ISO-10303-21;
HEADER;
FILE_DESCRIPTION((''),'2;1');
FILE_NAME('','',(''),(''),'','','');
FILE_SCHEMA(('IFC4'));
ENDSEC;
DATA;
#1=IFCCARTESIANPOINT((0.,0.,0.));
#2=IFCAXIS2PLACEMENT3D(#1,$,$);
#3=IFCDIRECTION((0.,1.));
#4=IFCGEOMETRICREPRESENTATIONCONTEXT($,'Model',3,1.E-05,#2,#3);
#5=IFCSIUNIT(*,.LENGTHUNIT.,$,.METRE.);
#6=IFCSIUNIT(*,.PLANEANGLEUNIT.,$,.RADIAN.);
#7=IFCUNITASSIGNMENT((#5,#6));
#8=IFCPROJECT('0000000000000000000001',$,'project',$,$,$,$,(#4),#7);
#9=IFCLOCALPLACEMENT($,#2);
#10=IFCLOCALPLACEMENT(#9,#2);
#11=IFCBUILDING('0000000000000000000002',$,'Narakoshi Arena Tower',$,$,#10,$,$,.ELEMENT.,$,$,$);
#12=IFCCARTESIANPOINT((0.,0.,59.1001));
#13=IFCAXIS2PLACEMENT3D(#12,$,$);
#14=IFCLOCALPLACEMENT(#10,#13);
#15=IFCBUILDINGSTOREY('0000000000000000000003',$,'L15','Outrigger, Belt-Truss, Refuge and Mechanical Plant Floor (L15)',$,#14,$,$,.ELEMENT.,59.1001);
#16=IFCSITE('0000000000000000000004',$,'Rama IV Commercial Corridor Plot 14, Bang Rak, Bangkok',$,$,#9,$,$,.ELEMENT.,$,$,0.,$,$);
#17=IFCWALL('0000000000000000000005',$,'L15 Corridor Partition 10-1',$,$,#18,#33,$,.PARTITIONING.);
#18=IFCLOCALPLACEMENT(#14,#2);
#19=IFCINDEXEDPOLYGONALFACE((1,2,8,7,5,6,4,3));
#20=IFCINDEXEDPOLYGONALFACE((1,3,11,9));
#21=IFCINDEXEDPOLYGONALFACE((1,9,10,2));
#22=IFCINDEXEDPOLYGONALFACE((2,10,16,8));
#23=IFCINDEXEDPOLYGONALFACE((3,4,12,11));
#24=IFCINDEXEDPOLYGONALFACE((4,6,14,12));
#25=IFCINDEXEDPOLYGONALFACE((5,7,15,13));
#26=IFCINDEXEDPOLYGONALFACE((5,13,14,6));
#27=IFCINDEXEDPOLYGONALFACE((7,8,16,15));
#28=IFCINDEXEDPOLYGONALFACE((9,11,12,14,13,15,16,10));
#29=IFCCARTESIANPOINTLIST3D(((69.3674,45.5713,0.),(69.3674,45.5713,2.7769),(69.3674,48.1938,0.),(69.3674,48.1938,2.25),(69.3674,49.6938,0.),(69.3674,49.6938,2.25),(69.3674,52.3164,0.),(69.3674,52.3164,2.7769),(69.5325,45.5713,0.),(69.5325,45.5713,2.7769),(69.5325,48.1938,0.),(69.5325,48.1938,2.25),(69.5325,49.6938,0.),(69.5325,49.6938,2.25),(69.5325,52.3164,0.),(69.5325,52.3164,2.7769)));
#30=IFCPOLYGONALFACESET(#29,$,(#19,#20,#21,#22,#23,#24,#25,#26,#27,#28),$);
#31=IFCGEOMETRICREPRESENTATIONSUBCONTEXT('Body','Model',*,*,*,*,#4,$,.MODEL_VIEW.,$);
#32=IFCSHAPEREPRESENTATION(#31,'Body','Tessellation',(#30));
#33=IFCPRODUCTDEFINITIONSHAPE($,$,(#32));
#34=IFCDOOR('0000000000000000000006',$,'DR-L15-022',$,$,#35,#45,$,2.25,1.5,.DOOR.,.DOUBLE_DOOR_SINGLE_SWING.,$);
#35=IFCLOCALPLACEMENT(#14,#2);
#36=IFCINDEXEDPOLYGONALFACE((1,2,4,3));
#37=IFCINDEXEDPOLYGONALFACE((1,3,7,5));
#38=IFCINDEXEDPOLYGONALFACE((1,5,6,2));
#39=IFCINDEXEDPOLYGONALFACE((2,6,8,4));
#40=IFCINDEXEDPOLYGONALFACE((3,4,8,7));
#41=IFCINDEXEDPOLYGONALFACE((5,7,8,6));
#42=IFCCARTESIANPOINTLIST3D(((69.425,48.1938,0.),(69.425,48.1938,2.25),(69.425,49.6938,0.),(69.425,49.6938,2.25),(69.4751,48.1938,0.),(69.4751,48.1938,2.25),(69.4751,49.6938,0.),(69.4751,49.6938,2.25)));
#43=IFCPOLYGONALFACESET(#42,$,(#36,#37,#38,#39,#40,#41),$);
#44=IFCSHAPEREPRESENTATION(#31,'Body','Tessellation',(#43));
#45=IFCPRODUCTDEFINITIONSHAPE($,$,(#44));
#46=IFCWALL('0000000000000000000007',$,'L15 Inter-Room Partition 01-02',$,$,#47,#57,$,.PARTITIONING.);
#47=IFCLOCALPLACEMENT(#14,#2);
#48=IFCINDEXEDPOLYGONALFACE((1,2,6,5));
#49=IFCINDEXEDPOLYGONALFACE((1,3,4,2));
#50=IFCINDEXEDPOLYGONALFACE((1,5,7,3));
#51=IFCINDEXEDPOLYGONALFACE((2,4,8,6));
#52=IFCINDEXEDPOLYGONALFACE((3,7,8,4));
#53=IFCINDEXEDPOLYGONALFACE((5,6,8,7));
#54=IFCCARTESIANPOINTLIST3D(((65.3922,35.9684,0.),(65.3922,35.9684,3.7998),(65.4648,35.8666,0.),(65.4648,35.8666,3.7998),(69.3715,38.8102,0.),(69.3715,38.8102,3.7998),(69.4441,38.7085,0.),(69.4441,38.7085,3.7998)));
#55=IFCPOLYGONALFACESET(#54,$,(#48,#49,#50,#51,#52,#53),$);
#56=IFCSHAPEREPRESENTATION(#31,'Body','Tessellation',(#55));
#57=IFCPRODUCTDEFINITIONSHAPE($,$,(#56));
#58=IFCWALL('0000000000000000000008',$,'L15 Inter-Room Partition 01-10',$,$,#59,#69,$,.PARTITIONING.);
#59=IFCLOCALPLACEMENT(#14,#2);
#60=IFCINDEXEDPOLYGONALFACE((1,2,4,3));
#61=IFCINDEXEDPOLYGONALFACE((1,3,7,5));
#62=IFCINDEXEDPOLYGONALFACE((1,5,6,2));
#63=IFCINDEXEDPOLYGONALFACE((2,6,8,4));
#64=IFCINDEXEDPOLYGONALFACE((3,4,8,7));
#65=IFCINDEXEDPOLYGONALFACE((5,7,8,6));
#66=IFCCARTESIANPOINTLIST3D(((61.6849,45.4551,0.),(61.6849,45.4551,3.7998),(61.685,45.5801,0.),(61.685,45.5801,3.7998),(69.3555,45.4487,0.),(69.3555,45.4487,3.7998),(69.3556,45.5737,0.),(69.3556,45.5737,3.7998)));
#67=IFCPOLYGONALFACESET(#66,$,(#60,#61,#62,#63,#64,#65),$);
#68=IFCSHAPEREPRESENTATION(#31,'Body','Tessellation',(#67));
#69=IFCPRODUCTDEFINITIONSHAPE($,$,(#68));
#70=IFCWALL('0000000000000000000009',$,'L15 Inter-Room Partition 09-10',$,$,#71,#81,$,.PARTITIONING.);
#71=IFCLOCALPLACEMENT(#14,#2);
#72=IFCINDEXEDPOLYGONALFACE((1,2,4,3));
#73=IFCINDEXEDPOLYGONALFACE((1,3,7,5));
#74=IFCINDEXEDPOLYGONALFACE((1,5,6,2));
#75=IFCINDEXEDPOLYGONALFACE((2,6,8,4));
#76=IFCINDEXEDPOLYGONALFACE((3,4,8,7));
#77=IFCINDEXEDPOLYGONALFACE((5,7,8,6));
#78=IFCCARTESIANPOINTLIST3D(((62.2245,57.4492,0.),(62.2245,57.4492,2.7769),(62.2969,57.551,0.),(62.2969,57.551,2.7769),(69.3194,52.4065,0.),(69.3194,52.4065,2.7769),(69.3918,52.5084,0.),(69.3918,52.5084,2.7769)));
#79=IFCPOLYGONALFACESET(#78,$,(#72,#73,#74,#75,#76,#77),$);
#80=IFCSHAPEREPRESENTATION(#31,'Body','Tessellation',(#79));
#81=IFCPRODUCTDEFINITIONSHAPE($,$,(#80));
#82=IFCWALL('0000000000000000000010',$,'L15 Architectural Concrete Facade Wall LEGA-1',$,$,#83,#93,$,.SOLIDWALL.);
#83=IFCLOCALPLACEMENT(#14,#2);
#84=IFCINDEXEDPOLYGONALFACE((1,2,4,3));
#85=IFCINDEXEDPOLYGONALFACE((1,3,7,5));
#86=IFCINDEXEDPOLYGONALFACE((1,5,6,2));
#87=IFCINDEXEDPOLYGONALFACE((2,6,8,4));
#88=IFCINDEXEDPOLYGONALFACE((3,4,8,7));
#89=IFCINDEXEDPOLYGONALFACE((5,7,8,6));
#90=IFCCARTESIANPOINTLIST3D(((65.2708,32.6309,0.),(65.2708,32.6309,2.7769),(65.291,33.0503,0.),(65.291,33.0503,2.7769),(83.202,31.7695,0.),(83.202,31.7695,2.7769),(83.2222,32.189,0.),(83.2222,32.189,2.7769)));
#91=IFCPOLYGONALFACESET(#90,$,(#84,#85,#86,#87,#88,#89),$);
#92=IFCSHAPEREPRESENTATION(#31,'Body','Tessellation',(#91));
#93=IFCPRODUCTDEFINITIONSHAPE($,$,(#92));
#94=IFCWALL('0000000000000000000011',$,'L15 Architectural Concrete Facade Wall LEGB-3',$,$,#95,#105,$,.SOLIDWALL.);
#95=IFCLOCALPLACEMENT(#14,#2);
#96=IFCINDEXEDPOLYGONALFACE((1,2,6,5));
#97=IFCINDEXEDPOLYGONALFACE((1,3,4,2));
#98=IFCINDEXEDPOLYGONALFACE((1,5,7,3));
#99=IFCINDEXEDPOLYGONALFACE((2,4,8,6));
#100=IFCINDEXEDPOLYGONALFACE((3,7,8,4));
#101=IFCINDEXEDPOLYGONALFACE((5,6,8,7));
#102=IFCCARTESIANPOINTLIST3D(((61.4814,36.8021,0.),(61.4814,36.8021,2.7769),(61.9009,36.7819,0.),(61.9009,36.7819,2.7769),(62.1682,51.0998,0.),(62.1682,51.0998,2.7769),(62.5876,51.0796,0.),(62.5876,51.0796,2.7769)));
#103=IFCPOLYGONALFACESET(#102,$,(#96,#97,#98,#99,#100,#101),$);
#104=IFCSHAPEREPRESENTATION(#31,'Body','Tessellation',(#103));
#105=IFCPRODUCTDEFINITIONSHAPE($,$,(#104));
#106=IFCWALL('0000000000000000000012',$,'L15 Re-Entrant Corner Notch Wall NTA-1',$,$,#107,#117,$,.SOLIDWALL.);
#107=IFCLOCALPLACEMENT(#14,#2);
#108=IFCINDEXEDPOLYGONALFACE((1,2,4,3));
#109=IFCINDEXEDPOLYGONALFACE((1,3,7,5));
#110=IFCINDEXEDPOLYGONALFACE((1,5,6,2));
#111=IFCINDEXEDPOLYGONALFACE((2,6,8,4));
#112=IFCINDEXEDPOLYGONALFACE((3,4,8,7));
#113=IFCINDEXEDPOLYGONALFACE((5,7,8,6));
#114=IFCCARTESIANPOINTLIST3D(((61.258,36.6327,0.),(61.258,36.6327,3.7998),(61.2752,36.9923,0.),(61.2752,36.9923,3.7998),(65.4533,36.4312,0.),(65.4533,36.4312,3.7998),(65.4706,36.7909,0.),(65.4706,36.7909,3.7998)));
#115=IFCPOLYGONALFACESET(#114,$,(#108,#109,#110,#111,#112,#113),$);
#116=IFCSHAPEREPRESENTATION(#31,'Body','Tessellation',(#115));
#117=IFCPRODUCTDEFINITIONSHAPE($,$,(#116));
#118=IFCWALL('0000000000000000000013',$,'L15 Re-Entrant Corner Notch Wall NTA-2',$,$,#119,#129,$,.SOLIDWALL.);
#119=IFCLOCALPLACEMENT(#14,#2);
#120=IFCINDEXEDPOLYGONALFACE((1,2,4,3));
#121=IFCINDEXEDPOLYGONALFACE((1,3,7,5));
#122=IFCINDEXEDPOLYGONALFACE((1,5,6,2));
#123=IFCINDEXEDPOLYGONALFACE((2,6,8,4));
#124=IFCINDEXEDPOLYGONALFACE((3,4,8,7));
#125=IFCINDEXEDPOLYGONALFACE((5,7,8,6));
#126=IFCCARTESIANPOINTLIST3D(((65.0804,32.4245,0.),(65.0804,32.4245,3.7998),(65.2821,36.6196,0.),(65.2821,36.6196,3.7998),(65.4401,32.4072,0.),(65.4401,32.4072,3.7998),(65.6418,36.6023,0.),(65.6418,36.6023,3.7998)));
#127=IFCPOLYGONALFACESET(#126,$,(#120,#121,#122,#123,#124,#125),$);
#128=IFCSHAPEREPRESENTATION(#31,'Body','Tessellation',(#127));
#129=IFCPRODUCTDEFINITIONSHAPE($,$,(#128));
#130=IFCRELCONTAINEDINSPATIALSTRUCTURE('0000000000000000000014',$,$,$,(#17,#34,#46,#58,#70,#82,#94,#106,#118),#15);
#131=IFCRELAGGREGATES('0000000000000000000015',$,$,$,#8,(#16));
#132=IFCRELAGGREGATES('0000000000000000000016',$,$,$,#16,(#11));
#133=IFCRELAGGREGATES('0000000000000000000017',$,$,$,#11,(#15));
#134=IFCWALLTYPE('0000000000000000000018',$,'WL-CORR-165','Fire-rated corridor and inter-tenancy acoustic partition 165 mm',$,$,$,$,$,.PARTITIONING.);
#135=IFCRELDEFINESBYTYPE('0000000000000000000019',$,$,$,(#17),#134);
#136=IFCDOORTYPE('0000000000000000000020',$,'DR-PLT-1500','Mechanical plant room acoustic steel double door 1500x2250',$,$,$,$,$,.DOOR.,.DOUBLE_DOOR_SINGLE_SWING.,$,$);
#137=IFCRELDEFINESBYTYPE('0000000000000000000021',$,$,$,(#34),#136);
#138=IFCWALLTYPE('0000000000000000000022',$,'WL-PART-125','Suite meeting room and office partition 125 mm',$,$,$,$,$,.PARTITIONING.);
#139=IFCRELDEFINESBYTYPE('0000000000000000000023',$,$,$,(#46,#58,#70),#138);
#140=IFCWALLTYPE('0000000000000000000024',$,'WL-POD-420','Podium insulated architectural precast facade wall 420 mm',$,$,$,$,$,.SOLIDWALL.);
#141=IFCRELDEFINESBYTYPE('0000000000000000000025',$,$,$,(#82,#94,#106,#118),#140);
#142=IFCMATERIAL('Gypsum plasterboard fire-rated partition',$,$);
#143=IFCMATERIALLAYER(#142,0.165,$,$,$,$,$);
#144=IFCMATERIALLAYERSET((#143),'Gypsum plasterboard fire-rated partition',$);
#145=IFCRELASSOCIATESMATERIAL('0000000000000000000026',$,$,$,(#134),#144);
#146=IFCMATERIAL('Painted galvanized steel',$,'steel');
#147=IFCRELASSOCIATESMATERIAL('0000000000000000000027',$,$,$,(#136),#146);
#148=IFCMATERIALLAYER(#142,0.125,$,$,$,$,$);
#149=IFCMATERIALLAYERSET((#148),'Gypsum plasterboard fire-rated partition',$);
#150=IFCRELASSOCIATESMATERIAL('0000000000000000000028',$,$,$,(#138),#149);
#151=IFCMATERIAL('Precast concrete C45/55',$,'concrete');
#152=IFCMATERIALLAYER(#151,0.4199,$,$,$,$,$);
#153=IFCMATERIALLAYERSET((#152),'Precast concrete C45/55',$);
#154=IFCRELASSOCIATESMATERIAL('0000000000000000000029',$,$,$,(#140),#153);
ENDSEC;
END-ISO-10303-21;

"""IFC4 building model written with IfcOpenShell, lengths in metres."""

from ifc_helpers import new_model, si_unit, direction, frame, frame_2d, origin, place, context, subcontext, project, spatial, rectangle, extrude, material, layer, layer_set, type_object, element, fill, save


model = new_model("IFC4")

# Units and contexts
model_context = context("Model", 3, precision=1e-05, world=origin(), true_north=direction((0.0, 1.0)))
body_context = subcontext(model_context, "Body", "Model", "MODEL_VIEW")
ifc_project = project(units=[si_unit("LENGTHUNIT", "METRE"), si_unit("PLANEANGLEUNIT", "RADIAN")], contexts=[model_context])

# Site, building, storey
site_placement = place(None, origin())
site = spatial("IfcSite", under=ifc_project, at=site_placement, Name="Rama IV Commercial Corridor Plot 14, Bang Rak, Bangkok", CompositionType="ELEMENT", RefElevation=0.0)
building_placement = place(site_placement, origin())
building = spatial("IfcBuilding", under=site, at=building_placement, Name="Narakoshi Arena Tower", CompositionType="ELEMENT")
storey_placement = place(building_placement, frame((0.0, 0.0, 59.1001)))
storey = spatial("IfcBuildingStorey", under=building, at=storey_placement, Name="L15", Description="Outrigger, Belt-Truss, Refuge and Mechanical Plant Floor (L15)", CompositionType="ELEMENT", Elevation=59.1001)

# Shared definitions
ifc_material_1 = material(Name="Gypsum plasterboard fire-rated partition")
ifc_layer_1 = layer(ifc_material_1, 0.165)
ifc_layer_set_1 = layer_set([ifc_layer_1], Name="Gypsum plasterboard fire-rated partition")
wall_type_1 = type_object("IfcWallType", Name="WL-CORR-165", Description="Fire-rated corridor and inter-tenancy acoustic partition 165 mm", PredefinedType="PARTITIONING", material=ifc_layer_set_1)
ifc_material_2 = material(Name="Painted galvanized steel", Category="steel")

# Wall, opening, door
wall_1_placement = place(storey_placement, frame((69.45, 52.3164, 0.0), z_axis=(0.0, 0.0, 1.0), x_axis=(0.0, -1.0, 0.0)))
wall_1 = element("IfcWall", 1, at=wall_1_placement, inside=storey, type_object=wall_type_1, Name="L15 Corridor Partition 10-1", PredefinedType="PARTITIONING", context=body_context, shape_type="SweptSolid", body=[
    extrude(rectangle(XDim=6.7451, YDim=0.165, at=frame_2d((3.3726, 0.0))), origin(), (0.0, 0.0, 1.0), 2.7769),
])
opening_1_placement = place(wall_1_placement, frame((2.6226, 0.0, 0.0)))
opening_1 = element("IfcOpeningElement", 2, at=opening_1_placement, cuts=wall_1, PredefinedType="OPENING", context=body_context, shape_type="SweptSolid", body=[
    extrude(rectangle(XDim=1.5, YDim=2.25, at=frame_2d((0.75, 1.125))), frame((0.0, 0.0925, 0.0), z_axis=(0.0, -1.0, 0.0), x_axis=(1.0, 0.0, 0.0)), (0.0, 0.0, 1.0), 0.1851),
])
door_type_1 = type_object("IfcDoorType", Name="DR-PLT-1500", Description="Mechanical plant room acoustic steel double door 1500x2250", OperationType="DOUBLE_DOOR_SINGLE_SWING", PredefinedType="DOOR", material=ifc_material_2)
door_1_placement = place(opening_1_placement, frame((1.5, 0.0, 0.0), z_axis=(0.0, 0.0, 1.0), x_axis=(-1.0, 0.0, 0.0)))
door_1 = element("IfcDoor", 3, at=door_1_placement, inside=storey, type_object=door_type_1, Name="DR-L15-022", OperationType="DOUBLE_DOOR_SINGLE_SWING", OverallHeight=2.25, OverallWidth=1.5, PredefinedType="DOOR", context=body_context, shape_type="SweptSolid", body=[
    extrude(rectangle(XDim=1.5, YDim=2.25, at=frame_2d((0.75, 1.125))), frame((0.0, 0.0249, 0.0), z_axis=(0.0, -1.0, 0.0), x_axis=(1.0, 0.0, 0.0)), (0.0, 0.0, 1.0), 0.05),
])
fill(opening_1, door_1)

# Walls
ifc_layer_2 = layer(ifc_material_1, 0.125)
ifc_layer_set_2 = layer_set([ifc_layer_2], Name="Gypsum plasterboard fire-rated partition")
wall_type_2 = type_object("IfcWallType", Name="WL-PART-125", Description="Suite meeting room and office partition 125 mm", PredefinedType="PARTITIONING", material=ifc_layer_set_2)
wall_2_placement = place(storey_placement, frame((69.4077, 38.7593, 0.0), z_axis=(0.0, 0.0, 1.0), x_axis=(-0.813784, -0.581167, 0.0)))
element("IfcWall", 4, at=wall_2_placement, inside=storey, type_object=wall_type_2, Name="L15 Inter-Room Partition 01-02", PredefinedType="PARTITIONING", context=body_context, shape_type="SweptSolid", body=[
    extrude(rectangle(XDim=4.8899, YDim=0.125, at=frame_2d((2.4448, 0.0))), origin(), (0.0, 0.0, 1.0), 3.7998),
])
wall_3_placement = place(storey_placement, frame((61.6848, 45.5176, 0.0), z_axis=(0.0, 0.0, 1.0), x_axis=(1.0, -0.000828, 0.0)))
element("IfcWall", 5, at=wall_3_placement, inside=storey, type_object=wall_type_2, Name="L15 Inter-Room Partition 01-10", PredefinedType="PARTITIONING", context=body_context, shape_type="SweptSolid", body=[
    extrude(rectangle(XDim=7.6707, YDim=0.125, at=frame_2d((3.8354, 0.0))), origin(), (0.0, 0.0, 1.0), 3.7998),
])
wall_4_placement = place(storey_placement, frame((69.3555, 52.4575, 0.0), z_axis=(0.0, 0.0, 1.0), x_axis=(-0.815096, 0.579326, 0.0)))
element("IfcWall", 6, at=wall_4_placement, inside=storey, type_object=wall_type_2, Name="L15 Inter-Room Partition 09-10", PredefinedType="PARTITIONING", context=body_context, shape_type="SweptSolid", body=[
    extrude(rectangle(XDim=8.7043, YDim=0.125, at=frame_2d((4.3521, 0.0))), origin(), (0.0, 0.0, 1.0), 2.7769),
])
ifc_material_3 = material(Name="Precast concrete C45/55", Category="concrete")
ifc_layer_3 = layer(ifc_material_3, 0.4199)
ifc_layer_set_3 = layer_set([ifc_layer_3], Name="Precast concrete C45/55")
wall_type_3 = type_object("IfcWallType", Name="WL-POD-420", Description="Podium insulated architectural precast facade wall 420 mm", PredefinedType="SOLIDWALL", material=ifc_layer_set_3)
wall_5_placement = place(storey_placement, frame((65.2808, 32.8406, 0.0), z_axis=(0.0, 0.0, 1.0), x_axis=(0.998848, -0.04798, 0.0)))
element("IfcWall", 7, at=wall_5_placement, inside=storey, type_object=wall_type_3, Name="L15 Architectural Concrete Facade Wall LEGA-1", PredefinedType="SOLIDWALL", context=body_context, shape_type="SweptSolid", body=[
    extrude(rectangle(XDim=17.9519, YDim=0.4199, at=frame_2d((8.9761, 0.0))), origin(), (0.0, 0.0, 1.0), 2.7769),
])
wall_6_placement = place(storey_placement, frame((62.3779, 51.0898, 0.0), z_axis=(0.0, 0.0, 1.0), x_axis=(-0.047978, -0.998848, 0.0)))
element("IfcWall", 8, at=wall_6_placement, inside=storey, type_object=wall_type_3, Name="L15 Architectural Concrete Facade Wall LEGB-3", PredefinedType="SOLIDWALL", context=body_context, shape_type="SweptSolid", body=[
    extrude(rectangle(XDim=14.3142, YDim=0.4199, at=frame_2d((7.1572, 0.0))), origin(), (0.0, 0.0, 1.0), 2.7769),
])
wall_7_placement = place(storey_placement, frame((61.2666, 36.8125, 0.0), z_axis=(0.0, 0.0, 1.0), x_axis=(0.99885, -0.047955, 0.0)))
element("IfcWall", 9, at=wall_7_placement, inside=storey, type_object=wall_type_3, Name="L15 Re-Entrant Corner Notch Wall NTA-1", PredefinedType="SOLIDWALL", context=body_context, shape_type="SweptSolid", body=[
    extrude(rectangle(XDim=4.2002, YDim=0.3601, at=frame_2d((2.1001, 0.0))), origin(), (0.0, 0.0, 1.0), 3.7998),
])
wall_8_placement = place(storey_placement, frame((65.4619, 36.6111, 0.0), z_axis=(0.0, 0.0, 1.0), x_axis=(-0.048015, -0.998847, 0.0)))
element("IfcWall", 10, at=wall_8_placement, inside=storey, type_object=wall_type_3, Name="L15 Re-Entrant Corner Notch Wall NTA-2", PredefinedType="SOLIDWALL", context=body_context, shape_type="SweptSolid", body=[
    extrude(rectangle(XDim=4.2, YDim=0.3601, at=frame_2d((2.1001, 0.0))), origin(), (0.0, 0.0, 1.0), 3.7998),
])

save(model, "model.ifc")
